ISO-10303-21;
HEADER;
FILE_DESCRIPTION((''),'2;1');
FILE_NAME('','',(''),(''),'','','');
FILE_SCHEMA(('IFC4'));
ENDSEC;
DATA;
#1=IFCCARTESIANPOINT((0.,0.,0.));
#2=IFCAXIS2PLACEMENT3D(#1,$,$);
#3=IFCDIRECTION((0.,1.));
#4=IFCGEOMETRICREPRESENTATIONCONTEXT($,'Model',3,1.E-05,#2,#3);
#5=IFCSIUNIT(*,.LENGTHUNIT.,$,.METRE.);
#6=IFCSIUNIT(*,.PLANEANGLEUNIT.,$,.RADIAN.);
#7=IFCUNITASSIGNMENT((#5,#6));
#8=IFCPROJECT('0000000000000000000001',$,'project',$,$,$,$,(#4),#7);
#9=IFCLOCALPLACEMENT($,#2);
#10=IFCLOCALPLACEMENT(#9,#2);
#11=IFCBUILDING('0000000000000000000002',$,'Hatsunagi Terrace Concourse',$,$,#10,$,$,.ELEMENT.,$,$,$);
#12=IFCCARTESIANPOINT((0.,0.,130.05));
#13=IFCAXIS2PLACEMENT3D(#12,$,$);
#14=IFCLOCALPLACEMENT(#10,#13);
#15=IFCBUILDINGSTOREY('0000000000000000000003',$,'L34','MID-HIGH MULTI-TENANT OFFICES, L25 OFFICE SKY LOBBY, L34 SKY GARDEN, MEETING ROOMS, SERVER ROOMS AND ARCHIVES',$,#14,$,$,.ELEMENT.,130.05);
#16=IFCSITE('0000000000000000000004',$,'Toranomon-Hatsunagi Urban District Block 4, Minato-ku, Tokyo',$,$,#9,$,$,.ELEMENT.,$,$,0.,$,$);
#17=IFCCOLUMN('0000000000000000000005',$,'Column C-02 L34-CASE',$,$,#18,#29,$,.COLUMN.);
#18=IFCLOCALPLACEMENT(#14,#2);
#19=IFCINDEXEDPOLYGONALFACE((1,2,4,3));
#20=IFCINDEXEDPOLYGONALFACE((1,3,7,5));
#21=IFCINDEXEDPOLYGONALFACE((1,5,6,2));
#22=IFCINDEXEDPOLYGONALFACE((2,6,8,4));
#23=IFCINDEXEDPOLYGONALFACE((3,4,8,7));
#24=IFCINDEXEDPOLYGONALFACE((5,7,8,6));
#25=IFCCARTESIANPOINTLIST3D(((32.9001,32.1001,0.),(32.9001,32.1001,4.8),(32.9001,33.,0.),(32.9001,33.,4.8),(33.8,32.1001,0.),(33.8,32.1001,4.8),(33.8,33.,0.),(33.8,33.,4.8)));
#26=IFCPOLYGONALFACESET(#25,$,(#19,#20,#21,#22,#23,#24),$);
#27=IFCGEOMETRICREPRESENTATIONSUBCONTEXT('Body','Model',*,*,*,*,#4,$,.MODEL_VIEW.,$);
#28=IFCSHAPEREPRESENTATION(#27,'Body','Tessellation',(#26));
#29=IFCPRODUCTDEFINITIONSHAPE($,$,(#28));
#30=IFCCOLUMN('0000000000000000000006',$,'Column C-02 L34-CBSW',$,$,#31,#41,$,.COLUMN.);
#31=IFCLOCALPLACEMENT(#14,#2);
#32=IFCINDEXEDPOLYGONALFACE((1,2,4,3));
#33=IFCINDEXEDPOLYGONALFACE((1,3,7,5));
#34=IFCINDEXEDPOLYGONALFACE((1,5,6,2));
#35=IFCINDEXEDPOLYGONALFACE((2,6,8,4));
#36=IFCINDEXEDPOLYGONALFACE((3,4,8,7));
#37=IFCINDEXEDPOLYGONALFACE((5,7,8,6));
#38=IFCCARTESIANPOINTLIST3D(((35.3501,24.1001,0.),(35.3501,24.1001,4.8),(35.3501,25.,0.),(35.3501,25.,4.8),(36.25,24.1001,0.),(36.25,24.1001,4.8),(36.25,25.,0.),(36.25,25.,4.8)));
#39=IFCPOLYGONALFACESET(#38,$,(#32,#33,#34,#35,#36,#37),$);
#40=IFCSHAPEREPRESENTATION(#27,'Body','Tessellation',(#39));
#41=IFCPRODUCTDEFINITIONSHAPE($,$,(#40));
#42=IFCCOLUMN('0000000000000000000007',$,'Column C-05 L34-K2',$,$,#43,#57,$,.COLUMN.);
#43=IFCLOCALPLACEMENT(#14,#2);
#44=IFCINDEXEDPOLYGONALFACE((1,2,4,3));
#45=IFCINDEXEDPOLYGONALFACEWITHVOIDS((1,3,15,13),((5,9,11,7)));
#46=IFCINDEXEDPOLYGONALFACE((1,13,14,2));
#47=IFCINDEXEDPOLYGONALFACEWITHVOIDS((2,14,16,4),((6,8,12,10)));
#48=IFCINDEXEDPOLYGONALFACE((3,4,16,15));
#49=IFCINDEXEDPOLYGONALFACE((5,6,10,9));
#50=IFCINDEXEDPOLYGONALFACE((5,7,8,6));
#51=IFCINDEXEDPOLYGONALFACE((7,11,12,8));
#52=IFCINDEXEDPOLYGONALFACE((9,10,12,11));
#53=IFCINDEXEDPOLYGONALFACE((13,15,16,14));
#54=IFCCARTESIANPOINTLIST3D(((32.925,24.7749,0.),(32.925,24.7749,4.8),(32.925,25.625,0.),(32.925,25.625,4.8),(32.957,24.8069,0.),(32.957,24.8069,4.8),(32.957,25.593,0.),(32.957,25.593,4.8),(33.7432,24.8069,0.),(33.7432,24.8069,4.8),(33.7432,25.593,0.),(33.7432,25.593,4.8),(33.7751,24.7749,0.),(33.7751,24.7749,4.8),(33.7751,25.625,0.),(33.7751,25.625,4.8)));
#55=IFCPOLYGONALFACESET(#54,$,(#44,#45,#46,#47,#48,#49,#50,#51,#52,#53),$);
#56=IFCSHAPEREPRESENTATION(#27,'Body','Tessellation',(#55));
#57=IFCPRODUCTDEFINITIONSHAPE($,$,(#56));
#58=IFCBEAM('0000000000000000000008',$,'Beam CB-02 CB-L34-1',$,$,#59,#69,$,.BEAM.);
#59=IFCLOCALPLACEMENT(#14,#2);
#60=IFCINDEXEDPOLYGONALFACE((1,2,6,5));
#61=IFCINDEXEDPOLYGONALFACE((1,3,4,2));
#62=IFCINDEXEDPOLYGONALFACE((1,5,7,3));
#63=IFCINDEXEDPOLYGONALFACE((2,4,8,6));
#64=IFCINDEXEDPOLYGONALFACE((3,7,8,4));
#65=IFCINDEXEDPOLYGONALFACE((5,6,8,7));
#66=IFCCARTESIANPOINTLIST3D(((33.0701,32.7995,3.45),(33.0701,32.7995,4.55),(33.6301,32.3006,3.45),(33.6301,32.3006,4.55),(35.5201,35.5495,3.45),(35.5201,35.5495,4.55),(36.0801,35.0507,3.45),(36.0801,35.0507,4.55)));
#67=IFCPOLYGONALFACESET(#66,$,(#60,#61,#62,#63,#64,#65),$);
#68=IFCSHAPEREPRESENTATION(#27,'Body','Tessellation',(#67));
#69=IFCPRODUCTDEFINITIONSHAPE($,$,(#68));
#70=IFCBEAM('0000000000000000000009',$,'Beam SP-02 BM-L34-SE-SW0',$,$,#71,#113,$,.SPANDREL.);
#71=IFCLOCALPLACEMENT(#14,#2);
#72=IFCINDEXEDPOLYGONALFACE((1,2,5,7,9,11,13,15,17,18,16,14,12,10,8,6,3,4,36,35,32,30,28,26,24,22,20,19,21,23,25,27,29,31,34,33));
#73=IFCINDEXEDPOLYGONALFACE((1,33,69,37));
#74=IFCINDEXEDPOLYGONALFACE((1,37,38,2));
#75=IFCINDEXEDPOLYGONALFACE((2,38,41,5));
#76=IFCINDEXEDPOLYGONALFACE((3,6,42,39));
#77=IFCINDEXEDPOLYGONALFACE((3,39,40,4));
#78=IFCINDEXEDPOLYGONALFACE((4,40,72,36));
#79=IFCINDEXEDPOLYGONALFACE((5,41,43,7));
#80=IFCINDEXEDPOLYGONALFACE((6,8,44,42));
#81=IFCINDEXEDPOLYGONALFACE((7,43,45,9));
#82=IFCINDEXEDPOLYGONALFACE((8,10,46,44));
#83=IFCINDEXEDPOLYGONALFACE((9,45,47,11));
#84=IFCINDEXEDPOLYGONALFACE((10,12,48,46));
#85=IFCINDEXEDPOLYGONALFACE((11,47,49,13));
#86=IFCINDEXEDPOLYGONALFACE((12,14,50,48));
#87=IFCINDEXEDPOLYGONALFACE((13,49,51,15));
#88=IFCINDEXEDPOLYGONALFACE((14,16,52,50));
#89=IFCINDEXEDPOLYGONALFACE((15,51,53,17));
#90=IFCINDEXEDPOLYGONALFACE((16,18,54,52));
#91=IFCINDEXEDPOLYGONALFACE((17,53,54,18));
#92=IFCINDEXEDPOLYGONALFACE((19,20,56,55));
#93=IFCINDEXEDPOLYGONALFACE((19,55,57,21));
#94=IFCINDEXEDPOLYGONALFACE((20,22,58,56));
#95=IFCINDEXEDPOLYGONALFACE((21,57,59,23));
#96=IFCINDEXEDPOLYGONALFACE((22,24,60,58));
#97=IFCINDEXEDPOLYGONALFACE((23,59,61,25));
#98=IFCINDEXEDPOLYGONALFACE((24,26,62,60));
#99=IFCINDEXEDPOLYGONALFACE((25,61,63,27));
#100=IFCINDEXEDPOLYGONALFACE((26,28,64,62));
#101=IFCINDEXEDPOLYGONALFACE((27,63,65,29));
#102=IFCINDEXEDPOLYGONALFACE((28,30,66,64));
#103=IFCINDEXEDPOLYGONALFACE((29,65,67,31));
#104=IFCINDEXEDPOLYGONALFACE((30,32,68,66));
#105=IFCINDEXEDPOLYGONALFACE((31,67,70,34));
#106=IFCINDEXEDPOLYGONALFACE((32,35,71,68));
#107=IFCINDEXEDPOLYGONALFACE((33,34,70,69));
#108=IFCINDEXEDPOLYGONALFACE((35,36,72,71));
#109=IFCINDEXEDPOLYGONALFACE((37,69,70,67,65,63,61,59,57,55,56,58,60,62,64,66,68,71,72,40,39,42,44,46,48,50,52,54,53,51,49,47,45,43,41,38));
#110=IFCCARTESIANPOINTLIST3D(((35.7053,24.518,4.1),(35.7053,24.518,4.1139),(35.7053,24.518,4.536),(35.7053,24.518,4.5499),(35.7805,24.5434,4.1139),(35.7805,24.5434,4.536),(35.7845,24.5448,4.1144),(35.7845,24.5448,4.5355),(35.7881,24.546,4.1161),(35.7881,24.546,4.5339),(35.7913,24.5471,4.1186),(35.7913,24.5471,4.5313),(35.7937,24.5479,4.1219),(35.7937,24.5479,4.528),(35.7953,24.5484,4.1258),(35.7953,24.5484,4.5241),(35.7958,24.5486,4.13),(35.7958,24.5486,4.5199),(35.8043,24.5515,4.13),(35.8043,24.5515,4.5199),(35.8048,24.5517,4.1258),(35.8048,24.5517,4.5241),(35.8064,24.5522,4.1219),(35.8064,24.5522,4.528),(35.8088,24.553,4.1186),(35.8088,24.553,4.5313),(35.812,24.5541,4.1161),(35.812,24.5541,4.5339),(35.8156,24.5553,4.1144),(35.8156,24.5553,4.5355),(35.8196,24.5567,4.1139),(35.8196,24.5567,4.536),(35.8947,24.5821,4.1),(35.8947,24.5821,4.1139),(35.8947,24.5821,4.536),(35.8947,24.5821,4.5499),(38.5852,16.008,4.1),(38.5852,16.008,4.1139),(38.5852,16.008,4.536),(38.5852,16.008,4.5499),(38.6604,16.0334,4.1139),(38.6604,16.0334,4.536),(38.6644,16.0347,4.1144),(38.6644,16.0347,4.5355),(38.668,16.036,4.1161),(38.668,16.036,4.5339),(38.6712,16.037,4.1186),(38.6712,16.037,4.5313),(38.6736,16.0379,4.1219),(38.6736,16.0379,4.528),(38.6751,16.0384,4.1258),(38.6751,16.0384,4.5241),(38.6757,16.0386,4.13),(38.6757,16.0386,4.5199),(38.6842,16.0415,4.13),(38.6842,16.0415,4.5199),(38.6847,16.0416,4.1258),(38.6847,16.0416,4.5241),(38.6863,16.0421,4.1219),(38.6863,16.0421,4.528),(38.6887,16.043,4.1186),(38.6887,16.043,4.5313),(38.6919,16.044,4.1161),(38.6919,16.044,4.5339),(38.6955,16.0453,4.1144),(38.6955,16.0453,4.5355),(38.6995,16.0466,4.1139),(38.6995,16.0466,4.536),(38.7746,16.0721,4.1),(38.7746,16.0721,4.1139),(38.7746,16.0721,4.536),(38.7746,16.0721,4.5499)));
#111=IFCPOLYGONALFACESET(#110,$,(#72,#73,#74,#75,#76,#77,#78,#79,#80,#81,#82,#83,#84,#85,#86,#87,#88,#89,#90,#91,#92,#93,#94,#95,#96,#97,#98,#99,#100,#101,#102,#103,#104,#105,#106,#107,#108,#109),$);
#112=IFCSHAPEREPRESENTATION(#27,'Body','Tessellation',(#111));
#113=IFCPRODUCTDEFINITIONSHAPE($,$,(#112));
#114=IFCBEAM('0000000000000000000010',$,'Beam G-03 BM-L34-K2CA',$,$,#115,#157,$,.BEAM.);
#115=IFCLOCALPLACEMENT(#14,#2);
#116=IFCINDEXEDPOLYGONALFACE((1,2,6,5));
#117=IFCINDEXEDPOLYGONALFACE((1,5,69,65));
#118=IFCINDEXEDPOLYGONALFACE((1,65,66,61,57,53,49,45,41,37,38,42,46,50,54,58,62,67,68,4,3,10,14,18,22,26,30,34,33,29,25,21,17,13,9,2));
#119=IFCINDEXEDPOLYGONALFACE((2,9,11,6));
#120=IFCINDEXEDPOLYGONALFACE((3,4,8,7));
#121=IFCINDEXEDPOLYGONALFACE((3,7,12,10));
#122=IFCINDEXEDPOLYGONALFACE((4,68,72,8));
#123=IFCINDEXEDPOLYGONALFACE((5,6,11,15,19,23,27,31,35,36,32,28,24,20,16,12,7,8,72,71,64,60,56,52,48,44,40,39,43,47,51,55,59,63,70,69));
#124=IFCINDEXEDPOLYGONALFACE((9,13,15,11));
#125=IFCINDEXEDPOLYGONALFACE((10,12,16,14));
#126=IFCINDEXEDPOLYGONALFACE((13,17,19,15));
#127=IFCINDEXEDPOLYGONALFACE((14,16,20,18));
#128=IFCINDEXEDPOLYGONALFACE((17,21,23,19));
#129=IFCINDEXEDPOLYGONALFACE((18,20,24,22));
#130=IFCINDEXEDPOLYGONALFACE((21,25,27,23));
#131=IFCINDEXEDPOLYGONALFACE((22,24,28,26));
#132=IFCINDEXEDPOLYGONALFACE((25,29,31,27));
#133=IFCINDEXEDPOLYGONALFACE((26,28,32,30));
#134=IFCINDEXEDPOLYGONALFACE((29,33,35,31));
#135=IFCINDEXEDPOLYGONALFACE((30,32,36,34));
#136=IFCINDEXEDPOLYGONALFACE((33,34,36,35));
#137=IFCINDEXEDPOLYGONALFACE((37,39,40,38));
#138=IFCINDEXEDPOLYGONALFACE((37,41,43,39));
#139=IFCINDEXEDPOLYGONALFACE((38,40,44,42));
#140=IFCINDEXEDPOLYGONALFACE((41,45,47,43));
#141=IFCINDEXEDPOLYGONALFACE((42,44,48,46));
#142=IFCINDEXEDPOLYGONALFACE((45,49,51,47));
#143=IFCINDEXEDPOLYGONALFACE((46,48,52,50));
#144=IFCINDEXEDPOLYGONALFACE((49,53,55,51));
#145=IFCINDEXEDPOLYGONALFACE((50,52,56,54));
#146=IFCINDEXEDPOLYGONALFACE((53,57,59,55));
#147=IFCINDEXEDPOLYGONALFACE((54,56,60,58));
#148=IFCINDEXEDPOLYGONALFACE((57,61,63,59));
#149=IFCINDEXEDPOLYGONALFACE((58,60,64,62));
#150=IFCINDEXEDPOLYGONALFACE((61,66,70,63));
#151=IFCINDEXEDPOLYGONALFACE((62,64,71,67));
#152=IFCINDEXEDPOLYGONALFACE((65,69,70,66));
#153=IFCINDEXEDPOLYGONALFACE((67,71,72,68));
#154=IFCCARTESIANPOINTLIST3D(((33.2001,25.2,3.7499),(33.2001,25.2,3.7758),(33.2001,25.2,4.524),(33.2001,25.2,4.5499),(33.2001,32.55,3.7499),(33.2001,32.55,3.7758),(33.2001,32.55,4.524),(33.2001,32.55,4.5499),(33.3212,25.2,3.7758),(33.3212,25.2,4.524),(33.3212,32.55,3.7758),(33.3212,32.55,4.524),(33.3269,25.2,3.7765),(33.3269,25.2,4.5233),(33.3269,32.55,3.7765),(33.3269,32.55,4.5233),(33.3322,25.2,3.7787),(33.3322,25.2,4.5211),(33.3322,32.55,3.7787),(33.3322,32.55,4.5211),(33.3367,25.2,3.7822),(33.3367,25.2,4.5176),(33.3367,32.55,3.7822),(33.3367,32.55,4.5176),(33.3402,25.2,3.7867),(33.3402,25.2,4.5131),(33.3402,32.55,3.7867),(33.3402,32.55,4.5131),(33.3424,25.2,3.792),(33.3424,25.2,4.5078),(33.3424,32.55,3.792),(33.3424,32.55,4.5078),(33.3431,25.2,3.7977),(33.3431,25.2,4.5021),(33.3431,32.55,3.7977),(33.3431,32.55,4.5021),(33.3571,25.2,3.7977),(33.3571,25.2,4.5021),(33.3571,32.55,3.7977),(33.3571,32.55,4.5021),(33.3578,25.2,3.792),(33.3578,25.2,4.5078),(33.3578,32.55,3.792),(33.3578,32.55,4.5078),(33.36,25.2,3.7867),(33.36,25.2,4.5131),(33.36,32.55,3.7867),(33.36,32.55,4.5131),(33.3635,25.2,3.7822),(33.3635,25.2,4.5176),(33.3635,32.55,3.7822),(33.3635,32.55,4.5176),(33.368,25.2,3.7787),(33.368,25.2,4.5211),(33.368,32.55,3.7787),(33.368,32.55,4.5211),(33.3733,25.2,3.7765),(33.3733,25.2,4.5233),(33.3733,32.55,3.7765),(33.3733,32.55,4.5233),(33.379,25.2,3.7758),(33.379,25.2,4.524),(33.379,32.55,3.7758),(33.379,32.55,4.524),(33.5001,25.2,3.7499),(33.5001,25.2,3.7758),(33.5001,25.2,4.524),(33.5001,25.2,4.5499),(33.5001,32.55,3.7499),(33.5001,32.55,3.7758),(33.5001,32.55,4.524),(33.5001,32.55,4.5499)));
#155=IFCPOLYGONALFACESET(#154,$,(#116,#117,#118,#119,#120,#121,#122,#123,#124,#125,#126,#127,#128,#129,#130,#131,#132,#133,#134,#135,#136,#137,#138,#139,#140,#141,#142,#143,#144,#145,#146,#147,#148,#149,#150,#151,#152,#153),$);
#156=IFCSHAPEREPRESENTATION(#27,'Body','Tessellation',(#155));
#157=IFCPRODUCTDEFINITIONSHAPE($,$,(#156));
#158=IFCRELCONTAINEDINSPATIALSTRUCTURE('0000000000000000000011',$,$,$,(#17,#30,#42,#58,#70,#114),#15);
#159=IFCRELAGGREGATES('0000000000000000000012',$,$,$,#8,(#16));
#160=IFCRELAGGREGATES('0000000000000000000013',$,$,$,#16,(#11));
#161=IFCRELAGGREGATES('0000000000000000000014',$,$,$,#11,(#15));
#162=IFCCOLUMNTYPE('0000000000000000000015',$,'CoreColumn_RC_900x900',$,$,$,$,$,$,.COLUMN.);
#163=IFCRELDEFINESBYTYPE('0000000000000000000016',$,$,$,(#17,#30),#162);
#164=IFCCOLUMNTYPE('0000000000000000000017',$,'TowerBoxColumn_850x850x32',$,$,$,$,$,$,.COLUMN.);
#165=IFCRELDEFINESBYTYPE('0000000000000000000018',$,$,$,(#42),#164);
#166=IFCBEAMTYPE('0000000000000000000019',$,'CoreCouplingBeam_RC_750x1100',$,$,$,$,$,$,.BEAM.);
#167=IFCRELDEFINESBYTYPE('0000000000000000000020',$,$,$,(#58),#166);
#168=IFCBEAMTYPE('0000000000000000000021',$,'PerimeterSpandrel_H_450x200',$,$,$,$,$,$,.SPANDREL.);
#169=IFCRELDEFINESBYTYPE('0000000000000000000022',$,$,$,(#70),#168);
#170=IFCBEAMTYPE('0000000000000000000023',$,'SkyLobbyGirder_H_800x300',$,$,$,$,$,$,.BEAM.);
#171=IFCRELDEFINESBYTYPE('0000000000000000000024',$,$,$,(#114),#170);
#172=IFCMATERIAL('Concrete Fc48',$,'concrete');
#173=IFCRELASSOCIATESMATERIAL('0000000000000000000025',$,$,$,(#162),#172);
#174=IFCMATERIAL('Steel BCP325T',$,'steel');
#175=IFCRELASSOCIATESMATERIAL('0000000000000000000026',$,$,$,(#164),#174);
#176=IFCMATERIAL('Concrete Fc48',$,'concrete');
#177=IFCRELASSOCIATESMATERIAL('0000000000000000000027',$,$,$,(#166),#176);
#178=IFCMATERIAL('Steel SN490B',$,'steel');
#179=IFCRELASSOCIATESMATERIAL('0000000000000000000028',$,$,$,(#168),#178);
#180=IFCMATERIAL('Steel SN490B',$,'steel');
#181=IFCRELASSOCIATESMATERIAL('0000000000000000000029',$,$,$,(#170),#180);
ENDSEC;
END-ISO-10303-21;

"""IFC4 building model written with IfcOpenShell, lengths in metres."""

from ifc_helpers import new_model, si_unit, direction, frame, origin, origin_2d, place, context, subcontext, project, spatial, rectangle, hollow_rectangle, i_section, extrude, material, material_profile, profile_set, type_object, element, save


model = new_model("IFC4")

# Units and contexts
model_context = context("Model", 3, precision=1e-05, world=origin(), true_north=direction((0.0, 1.0)))
body_context = subcontext(model_context, "Body", "Model", "MODEL_VIEW")
ifc_project = project(units=[si_unit("LENGTHUNIT", "METRE"), si_unit("PLANEANGLEUNIT", "RADIAN")], contexts=[model_context])

# Site, building, storey
site_placement = place(None, origin())
site = spatial("IfcSite", under=ifc_project, at=site_placement, Name="Toranomon-Hatsunagi Urban District Block 4, Minato-ku, Tokyo", CompositionType="ELEMENT", RefElevation=0.0)
building_placement = place(site_placement, origin())
building = spatial("IfcBuilding", under=site, at=building_placement, Name="Hatsunagi Terrace Concourse", CompositionType="ELEMENT")
storey_placement = place(building_placement, frame((0.0, 0.0, 130.05)))
storey = spatial("IfcBuildingStorey", under=building, at=storey_placement, Name="L34", Description="MID-HIGH MULTI-TENANT OFFICES, L25 OFFICE SKY LOBBY, L34 SKY GARDEN, MEETING ROOMS, SERVER ROOMS AND ARCHIVES", CompositionType="ELEMENT", Elevation=130.05)

# Columns
ifc_material_1 = material(Name="Concrete Fc48", Category="concrete")
ifc_material_profile_1 = material_profile(ifc_material_1, rectangle(XDim=0.8999, YDim=0.8999, at=origin_2d()), Name="RC-900x900")
ifc_profile_set_1 = profile_set([ifc_material_profile_1], Name="Concrete Fc48")
column_type_1 = type_object("IfcColumnType", Name="CoreColumn_RC_900x900", PredefinedType="COLUMN", material=ifc_profile_set_1)
for number, where, z_axis, x_axis, name in (
    (1, (33.3501, 32.55, 0.0), (0.0, 0.0, 1.0), (1.0, 0.0, 0.0), "Column C-02 L34-CASE"),
    (2, (35.8, 24.55, 0.0), (0.0, 0.0, 1.0), (1.0, 0.0, 0.0), "Column C-02 L34-CBSW"),
):
    element("IfcColumn", number, at=place(storey_placement, frame(where, z_axis=z_axis, x_axis=x_axis)), inside=storey, type_object=column_type_1, Name=name, PredefinedType="COLUMN", context=body_context, shape_type="SweptSolid", body=[
        extrude(rectangle(XDim=0.8999, YDim=0.8999, at=origin_2d()), origin(), (0.0, 0.0, 1.0), 4.8),
    ])
ifc_material_2 = material(Name="Steel BCP325T", Category="steel")
ifc_material_profile_2 = material_profile(ifc_material_2, hollow_rectangle(XDim=0.8501, YDim=0.8501, WallThickness=0.032, at=origin_2d()), Name="BCP-850x850x32")
ifc_profile_set_2 = profile_set([ifc_material_profile_2], Name="Steel BCP325T")
column_type_2 = type_object("IfcColumnType", Name="TowerBoxColumn_850x850x32", PredefinedType="COLUMN", material=ifc_profile_set_2)
column_placement = place(storey_placement, frame((33.3501, 25.2, 0.0), z_axis=(0.0, 0.0, 1.0), x_axis=(1.0, 0.0, 0.0)))
element("IfcColumn", 3, at=column_placement, inside=storey, type_object=column_type_2, Name="Column C-05 L34-K2", PredefinedType="COLUMN", context=body_context, shape_type="SweptSolid", body=[
    extrude(hollow_rectangle(XDim=0.8501, YDim=0.8501, WallThickness=0.032, at=origin_2d()), origin(), (0.0, 0.0, 1.0), 4.8),
])

# Beams
ifc_material_3 = material(Name="Concrete Fc48", Category="concrete")
ifc_material_profile_3 = material_profile(ifc_material_3, rectangle(XDim=0.75, YDim=1.1001, at=origin_2d()), Name="RC-750x1100")
ifc_profile_set_3 = profile_set([ifc_material_profile_3], Name="Concrete Fc48")
beam_type_1 = type_object("IfcBeamType", Name="CoreCouplingBeam_RC_750x1100", PredefinedType="BEAM", material=ifc_profile_set_3)
beam_1_placement = place(storey_placement, frame((33.3501, 32.55, 4.0), z_axis=(0.665199, 0.746666, 0.0), x_axis=(-0.746666, 0.665199, 0.0)))
element("IfcBeam", 4, at=beam_1_placement, inside=storey, type_object=beam_type_1, Name="Beam CB-02 CB-L34-1", PredefinedType="BEAM", context=body_context, shape_type="SweptSolid", body=[
    extrude(rectangle(XDim=0.75, YDim=1.1001, at=origin_2d()), origin(), (0.0, 0.0, 1.0), 3.6831),
])
ifc_material_4 = material(Name="Steel SN490B", Category="steel")
ifc_material_profile_4 = material_profile(ifc_material_4, i_section(OverallWidth=0.2, OverallDepth=0.45, WebThickness=0.009, FlangeThickness=0.0139, FilletRadius=0.0161, at=origin_2d()), Name="H-450x200x9x14")
ifc_profile_set_4 = profile_set([ifc_material_profile_4], Name="Steel SN490B")
beam_type_2 = type_object("IfcBeamType", Name="PerimeterSpandrel_H_450x200", PredefinedType="SPANDREL", material=ifc_profile_set_4)
beam_2_placement = place(storey_placement, frame((35.8, 24.55, 4.325), z_axis=(0.320553, -0.94723, 0.0), x_axis=(0.94723, 0.320553, 0.0)))
element("IfcBeam", 5, at=beam_2_placement, inside=storey, type_object=beam_type_2, Name="Beam SP-02 BM-L34-SE-SW0", PredefinedType="SPANDREL", context=body_context, shape_type="SweptSolid", body=[
    extrude(i_section(OverallWidth=0.2, OverallDepth=0.45, WebThickness=0.009, FlangeThickness=0.0139, FilletRadius=0.0161, at=origin_2d()), origin(), (0.0, 0.0, 1.0), 8.9841),
])
ifc_material_5 = material(Name="Steel SN490B", Category="steel")
ifc_material_profile_5 = material_profile(ifc_material_5, i_section(OverallWidth=0.3, OverallDepth=0.8, WebThickness=0.0139, FlangeThickness=0.0259, FilletRadius=0.022, at=origin_2d()), Name="H-800x300x14x26")
ifc_profile_set_5 = profile_set([ifc_material_profile_5], Name="Steel SN490B")
beam_type_3 = type_object("IfcBeamType", Name="SkyLobbyGirder_H_800x300", PredefinedType="BEAM", material=ifc_profile_set_5)
beam_3_placement = place(storey_placement, frame((33.3501, 25.2, 4.1499), z_axis=(0.0, 1.0, 0.0), x_axis=(-1.0, 0.0, 0.0)))
element("IfcBeam", 6, at=beam_3_placement, inside=storey, type_object=beam_type_3, Name="Beam G-03 BM-L34-K2CA", PredefinedType="BEAM", context=body_context, shape_type="SweptSolid", body=[
    extrude(i_section(OverallWidth=0.3, OverallDepth=0.8, WebThickness=0.0139, FlangeThickness=0.0259, FilletRadius=0.022, at=origin_2d()), origin(), (0.0, 0.0, 1.0), 7.3501),
])

save(model, "model.ifc")
